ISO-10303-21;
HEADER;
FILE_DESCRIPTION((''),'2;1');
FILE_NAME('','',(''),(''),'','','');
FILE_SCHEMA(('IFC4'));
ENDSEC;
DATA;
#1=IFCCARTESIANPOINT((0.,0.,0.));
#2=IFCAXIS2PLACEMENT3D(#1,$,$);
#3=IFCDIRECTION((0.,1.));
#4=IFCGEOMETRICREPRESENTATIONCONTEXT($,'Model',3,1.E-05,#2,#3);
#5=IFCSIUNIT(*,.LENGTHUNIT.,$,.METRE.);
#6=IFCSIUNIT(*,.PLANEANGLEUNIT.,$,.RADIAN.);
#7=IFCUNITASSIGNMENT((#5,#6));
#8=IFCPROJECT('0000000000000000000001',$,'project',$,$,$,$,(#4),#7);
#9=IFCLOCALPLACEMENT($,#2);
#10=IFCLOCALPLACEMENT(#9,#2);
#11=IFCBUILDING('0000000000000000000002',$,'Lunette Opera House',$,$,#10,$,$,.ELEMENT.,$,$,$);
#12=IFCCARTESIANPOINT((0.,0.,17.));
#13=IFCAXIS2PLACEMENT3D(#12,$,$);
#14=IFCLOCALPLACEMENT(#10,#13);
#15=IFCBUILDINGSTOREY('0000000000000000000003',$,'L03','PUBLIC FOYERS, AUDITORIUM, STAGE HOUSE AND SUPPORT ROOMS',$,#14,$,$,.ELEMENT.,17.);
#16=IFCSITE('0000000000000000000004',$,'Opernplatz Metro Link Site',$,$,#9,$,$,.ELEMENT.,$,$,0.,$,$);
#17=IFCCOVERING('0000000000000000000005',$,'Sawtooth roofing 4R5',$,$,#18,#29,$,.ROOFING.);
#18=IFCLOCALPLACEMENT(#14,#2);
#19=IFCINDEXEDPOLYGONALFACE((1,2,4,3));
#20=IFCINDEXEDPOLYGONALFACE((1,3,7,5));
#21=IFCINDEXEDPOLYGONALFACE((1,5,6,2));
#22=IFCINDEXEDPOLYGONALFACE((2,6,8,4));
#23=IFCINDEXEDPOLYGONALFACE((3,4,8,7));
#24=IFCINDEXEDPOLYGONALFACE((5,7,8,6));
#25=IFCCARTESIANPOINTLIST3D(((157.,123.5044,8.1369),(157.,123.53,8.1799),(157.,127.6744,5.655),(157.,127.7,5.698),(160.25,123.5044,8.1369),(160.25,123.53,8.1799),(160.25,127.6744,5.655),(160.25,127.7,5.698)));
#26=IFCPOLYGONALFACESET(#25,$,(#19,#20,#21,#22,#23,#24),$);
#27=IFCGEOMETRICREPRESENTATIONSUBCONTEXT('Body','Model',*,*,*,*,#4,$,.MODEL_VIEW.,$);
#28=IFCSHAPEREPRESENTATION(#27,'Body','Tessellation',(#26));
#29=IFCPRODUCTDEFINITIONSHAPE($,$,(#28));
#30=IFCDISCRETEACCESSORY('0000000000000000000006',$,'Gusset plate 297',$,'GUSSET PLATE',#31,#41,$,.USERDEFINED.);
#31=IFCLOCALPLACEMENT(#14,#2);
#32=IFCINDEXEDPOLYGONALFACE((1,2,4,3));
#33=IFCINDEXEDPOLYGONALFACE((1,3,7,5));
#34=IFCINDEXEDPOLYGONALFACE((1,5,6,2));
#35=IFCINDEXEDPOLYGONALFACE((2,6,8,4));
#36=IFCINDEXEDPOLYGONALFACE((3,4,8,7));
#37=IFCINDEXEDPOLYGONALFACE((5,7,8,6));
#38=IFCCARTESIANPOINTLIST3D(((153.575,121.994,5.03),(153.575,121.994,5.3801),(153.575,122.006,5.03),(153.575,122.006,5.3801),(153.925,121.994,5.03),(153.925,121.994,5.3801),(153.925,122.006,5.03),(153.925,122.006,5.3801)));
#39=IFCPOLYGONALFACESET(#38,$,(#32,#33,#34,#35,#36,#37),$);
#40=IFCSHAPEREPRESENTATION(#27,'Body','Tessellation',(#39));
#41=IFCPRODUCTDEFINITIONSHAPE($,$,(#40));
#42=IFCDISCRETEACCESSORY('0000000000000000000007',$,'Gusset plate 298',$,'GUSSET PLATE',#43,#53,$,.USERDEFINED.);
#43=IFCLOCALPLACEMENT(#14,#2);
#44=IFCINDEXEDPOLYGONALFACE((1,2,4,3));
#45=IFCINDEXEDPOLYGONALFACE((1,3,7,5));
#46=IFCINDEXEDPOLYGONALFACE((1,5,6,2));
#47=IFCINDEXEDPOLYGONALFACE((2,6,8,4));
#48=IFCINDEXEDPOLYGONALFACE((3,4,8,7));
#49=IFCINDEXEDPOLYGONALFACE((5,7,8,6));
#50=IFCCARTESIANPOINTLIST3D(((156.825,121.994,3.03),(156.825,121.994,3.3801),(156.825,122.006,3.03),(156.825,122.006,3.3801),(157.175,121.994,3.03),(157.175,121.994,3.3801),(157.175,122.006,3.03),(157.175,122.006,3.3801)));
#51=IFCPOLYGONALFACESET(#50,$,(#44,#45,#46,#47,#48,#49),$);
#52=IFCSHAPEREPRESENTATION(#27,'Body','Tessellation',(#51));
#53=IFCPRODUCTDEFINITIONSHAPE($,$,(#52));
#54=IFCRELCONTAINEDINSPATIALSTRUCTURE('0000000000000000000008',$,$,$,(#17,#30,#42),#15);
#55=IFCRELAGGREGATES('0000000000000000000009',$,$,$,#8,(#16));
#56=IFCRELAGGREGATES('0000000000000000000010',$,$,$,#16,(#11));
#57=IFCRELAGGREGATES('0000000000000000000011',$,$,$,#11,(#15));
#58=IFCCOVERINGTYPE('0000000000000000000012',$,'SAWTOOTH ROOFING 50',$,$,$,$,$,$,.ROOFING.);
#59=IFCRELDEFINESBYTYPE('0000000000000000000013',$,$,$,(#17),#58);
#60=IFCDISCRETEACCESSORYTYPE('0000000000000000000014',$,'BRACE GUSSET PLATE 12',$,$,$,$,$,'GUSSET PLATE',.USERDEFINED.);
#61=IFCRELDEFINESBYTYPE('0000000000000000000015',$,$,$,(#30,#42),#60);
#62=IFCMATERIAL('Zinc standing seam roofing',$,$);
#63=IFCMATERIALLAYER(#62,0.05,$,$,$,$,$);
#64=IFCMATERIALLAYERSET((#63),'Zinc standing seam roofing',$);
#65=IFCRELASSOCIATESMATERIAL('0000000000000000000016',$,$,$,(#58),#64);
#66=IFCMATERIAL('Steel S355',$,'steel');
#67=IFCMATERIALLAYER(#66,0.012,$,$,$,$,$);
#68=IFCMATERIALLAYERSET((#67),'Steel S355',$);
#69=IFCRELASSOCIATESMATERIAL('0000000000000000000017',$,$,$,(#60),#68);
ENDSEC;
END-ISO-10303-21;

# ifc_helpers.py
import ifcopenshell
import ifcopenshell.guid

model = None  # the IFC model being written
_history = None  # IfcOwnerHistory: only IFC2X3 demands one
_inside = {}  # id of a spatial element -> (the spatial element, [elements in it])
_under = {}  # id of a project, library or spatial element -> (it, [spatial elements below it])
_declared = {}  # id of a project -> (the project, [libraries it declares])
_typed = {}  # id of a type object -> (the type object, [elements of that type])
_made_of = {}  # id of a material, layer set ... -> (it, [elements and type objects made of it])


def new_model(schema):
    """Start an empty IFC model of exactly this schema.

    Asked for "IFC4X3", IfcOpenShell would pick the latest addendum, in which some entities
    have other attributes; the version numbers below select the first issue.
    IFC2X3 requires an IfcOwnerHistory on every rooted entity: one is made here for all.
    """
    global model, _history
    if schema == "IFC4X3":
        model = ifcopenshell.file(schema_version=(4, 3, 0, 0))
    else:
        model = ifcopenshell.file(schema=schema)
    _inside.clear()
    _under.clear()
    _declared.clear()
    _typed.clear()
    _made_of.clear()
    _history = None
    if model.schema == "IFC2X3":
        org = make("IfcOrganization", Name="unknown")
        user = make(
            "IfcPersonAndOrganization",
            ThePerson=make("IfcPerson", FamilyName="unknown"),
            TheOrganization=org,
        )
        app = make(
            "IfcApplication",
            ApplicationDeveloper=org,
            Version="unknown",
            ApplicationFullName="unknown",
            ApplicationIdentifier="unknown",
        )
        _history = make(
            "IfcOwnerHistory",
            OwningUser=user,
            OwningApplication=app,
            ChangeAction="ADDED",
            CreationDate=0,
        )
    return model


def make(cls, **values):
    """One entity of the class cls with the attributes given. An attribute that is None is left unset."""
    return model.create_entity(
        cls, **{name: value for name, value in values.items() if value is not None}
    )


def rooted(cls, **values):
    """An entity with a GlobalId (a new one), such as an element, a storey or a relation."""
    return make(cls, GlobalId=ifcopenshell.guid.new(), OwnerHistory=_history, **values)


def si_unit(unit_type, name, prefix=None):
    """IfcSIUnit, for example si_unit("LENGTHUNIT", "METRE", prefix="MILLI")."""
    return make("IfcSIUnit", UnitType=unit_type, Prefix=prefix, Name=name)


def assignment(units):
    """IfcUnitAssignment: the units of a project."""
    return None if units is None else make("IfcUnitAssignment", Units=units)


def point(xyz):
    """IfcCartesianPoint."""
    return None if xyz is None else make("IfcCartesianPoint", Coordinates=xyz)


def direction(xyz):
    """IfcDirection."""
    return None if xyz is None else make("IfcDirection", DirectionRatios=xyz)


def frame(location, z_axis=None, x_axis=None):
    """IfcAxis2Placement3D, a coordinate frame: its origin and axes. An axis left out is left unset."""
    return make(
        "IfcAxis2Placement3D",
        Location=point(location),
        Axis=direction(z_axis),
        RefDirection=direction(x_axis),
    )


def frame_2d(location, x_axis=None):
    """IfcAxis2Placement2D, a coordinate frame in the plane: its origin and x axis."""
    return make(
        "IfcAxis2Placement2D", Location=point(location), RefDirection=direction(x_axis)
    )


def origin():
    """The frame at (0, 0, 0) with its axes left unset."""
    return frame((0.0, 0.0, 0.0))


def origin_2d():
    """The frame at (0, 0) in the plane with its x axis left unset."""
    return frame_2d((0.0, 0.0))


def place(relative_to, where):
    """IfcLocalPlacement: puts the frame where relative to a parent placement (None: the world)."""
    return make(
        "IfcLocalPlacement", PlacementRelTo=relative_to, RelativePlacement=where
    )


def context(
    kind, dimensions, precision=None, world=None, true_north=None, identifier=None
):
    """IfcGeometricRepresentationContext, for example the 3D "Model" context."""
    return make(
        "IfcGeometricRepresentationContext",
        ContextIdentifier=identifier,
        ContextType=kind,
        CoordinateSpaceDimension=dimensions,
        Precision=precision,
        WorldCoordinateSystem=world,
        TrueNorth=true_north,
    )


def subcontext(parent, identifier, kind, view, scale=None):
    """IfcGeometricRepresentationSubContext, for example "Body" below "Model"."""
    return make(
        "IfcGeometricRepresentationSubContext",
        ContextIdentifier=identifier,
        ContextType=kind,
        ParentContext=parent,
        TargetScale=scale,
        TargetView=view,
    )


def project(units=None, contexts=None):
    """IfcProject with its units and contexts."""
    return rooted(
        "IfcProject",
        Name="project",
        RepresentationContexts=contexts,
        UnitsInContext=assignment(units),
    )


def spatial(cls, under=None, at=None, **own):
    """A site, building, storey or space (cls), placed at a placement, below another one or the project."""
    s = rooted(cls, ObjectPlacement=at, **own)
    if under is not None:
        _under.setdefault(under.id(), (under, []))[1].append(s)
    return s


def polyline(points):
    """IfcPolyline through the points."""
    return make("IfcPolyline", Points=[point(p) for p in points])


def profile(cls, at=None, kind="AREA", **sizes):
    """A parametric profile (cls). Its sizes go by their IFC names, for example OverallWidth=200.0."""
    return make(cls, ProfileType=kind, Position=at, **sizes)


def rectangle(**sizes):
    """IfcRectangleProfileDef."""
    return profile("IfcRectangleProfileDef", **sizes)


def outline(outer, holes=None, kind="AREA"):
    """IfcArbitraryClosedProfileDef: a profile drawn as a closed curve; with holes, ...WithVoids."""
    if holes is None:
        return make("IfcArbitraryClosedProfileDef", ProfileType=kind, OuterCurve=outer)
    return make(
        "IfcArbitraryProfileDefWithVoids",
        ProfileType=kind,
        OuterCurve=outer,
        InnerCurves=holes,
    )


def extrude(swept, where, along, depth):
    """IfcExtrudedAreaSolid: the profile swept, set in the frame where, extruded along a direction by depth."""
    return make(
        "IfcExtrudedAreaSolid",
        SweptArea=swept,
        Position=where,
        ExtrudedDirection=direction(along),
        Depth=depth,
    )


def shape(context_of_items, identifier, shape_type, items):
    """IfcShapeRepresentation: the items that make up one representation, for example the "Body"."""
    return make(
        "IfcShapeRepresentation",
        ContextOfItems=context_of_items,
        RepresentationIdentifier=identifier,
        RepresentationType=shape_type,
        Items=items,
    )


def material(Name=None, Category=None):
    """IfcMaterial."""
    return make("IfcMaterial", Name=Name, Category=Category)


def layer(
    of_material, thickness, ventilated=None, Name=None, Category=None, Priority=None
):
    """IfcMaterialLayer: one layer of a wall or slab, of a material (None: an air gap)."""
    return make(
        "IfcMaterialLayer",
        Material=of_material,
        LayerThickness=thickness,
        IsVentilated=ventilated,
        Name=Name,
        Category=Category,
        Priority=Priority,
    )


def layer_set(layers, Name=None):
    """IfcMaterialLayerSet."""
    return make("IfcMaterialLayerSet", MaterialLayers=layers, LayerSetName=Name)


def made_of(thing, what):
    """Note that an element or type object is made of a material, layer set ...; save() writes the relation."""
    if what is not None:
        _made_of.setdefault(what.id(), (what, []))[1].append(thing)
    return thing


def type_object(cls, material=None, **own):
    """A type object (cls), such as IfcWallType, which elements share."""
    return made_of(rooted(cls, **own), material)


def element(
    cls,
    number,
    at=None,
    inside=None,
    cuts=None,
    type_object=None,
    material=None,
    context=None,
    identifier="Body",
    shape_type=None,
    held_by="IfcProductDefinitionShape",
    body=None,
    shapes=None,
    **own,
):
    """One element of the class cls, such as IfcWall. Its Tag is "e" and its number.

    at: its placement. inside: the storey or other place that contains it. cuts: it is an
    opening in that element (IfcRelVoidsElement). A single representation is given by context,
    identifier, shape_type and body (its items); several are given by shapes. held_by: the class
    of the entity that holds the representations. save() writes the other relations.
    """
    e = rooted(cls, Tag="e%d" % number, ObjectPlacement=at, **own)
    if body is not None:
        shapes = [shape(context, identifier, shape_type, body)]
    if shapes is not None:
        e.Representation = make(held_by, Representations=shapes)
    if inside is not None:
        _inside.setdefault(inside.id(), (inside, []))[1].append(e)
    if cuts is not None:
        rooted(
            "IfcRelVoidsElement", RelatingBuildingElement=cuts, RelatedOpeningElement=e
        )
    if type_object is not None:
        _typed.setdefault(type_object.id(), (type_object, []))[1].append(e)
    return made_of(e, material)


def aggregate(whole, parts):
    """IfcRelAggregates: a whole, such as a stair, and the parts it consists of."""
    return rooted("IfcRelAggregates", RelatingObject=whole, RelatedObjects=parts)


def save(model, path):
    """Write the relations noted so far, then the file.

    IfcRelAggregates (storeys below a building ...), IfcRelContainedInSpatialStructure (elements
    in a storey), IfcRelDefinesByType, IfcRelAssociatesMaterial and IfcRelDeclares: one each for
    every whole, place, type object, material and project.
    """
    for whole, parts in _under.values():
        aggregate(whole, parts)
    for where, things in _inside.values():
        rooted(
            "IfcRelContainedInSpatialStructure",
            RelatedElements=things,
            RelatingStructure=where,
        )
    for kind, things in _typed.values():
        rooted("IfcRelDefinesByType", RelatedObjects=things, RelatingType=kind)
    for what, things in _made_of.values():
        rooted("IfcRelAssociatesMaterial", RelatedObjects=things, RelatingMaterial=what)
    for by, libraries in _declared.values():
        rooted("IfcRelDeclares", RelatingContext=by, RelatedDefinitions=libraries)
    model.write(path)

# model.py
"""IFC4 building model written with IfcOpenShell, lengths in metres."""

from ifc_helpers import new_model, si_unit, direction, frame, origin, origin_2d, place, context, subcontext, project, spatial, polyline, rectangle, outline, extrude, material, layer, layer_set, type_object, element, save


model = new_model("IFC4")

# Units and contexts
model_context = context("Model", 3, precision=1e-05, world=origin(), true_north=direction((0.0, 1.0)))
body_context = subcontext(model_context, "Body", "Model", "MODEL_VIEW")
ifc_project = project(units=[si_unit("LENGTHUNIT", "METRE"), si_unit("PLANEANGLEUNIT", "RADIAN")], contexts=[model_context])

# Site, building, storey
site_placement = place(None, origin())
site = spatial("IfcSite", under=ifc_project, at=site_placement, Name="Opernplatz Metro Link Site", CompositionType="ELEMENT", RefElevation=0.0)
building_placement = place(site_placement, origin())
building = spatial("IfcBuilding", under=site, at=building_placement, Name="Lunette Opera House", CompositionType="ELEMENT")
storey_placement = place(building_placement, frame((0.0, 0.0, 17.0)))
storey = spatial("IfcBuildingStorey", under=building, at=storey_placement, Name="L03", Description="PUBLIC FOYERS, AUDITORIUM, STAGE HOUSE AND SUPPORT ROOMS", CompositionType="ELEMENT", Elevation=17.0)

# Covering
ifc_material_1 = material(Name="Zinc standing seam roofing")
ifc_layer_1 = layer(ifc_material_1, 0.05)
ifc_layer_set_1 = layer_set([ifc_layer_1], Name="Zinc standing seam roofing")
covering_type = type_object("IfcCoveringType", Name="SAWTOOTH ROOFING 50", PredefinedType="ROOFING", material=ifc_layer_set_1)
for number, where, z_axis, x_axis, name in (
    (1, (157.0, 123.53, 8.1799), (0.0, 0.511459, 0.859308), (1.0, 0.0, 0.0), "Sawtooth roofing 4R5"),
):
    element("IfcCovering", number, at=place(storey_placement, frame(where, z_axis=z_axis, x_axis=x_axis)), inside=storey, type_object=covering_type, Name=name, PredefinedType="ROOFING", context=body_context, shape_type="SweptSolid", body=[
        extrude(outline(polyline([(0.0, 0.0), (3.25, 0.0), (3.25, 4.8527), (0.0, 4.8527), (0.0, 0.0)])), origin(), (0.0, 0.0, -1.0), 0.05),
    ])

# Discrete accessories
ifc_material_2 = material(Name="Steel S355", Category="steel")
ifc_layer_2 = layer(ifc_material_2, 0.012)
ifc_layer_set_2 = layer_set([ifc_layer_2], Name="Steel S355")
discrete_accessory_type = type_object("IfcDiscreteAccessoryType", Name="BRACE GUSSET PLATE 12", ElementType="GUSSET PLATE", PredefinedType="USERDEFINED", material=ifc_layer_set_2)
for number, where, z_axis, x_axis, name in (
    (2, (153.75, 122.0, 5.03), (0.0, 0.0, 1.0), (1.0, 0.0, 0.0), "Gusset plate 297"),
    (3, (157.0, 122.0, 3.03), (0.0, 0.0, 1.0), (1.0, 0.0, 0.0), "Gusset plate 298"),
):
    element("IfcDiscreteAccessory", number, at=place(storey_placement, frame(where, z_axis=z_axis, x_axis=x_axis)), inside=storey, type_object=discrete_accessory_type, Name=name, ObjectType="GUSSET PLATE", PredefinedType="USERDEFINED", context=body_context, shape_type="SweptSolid", body=[
        extrude(rectangle(XDim=0.3501, YDim=0.012, at=origin_2d()), origin(), (0.0, 0.0, 1.0), 0.3501),
    ])

save(model, "model.ifc")
